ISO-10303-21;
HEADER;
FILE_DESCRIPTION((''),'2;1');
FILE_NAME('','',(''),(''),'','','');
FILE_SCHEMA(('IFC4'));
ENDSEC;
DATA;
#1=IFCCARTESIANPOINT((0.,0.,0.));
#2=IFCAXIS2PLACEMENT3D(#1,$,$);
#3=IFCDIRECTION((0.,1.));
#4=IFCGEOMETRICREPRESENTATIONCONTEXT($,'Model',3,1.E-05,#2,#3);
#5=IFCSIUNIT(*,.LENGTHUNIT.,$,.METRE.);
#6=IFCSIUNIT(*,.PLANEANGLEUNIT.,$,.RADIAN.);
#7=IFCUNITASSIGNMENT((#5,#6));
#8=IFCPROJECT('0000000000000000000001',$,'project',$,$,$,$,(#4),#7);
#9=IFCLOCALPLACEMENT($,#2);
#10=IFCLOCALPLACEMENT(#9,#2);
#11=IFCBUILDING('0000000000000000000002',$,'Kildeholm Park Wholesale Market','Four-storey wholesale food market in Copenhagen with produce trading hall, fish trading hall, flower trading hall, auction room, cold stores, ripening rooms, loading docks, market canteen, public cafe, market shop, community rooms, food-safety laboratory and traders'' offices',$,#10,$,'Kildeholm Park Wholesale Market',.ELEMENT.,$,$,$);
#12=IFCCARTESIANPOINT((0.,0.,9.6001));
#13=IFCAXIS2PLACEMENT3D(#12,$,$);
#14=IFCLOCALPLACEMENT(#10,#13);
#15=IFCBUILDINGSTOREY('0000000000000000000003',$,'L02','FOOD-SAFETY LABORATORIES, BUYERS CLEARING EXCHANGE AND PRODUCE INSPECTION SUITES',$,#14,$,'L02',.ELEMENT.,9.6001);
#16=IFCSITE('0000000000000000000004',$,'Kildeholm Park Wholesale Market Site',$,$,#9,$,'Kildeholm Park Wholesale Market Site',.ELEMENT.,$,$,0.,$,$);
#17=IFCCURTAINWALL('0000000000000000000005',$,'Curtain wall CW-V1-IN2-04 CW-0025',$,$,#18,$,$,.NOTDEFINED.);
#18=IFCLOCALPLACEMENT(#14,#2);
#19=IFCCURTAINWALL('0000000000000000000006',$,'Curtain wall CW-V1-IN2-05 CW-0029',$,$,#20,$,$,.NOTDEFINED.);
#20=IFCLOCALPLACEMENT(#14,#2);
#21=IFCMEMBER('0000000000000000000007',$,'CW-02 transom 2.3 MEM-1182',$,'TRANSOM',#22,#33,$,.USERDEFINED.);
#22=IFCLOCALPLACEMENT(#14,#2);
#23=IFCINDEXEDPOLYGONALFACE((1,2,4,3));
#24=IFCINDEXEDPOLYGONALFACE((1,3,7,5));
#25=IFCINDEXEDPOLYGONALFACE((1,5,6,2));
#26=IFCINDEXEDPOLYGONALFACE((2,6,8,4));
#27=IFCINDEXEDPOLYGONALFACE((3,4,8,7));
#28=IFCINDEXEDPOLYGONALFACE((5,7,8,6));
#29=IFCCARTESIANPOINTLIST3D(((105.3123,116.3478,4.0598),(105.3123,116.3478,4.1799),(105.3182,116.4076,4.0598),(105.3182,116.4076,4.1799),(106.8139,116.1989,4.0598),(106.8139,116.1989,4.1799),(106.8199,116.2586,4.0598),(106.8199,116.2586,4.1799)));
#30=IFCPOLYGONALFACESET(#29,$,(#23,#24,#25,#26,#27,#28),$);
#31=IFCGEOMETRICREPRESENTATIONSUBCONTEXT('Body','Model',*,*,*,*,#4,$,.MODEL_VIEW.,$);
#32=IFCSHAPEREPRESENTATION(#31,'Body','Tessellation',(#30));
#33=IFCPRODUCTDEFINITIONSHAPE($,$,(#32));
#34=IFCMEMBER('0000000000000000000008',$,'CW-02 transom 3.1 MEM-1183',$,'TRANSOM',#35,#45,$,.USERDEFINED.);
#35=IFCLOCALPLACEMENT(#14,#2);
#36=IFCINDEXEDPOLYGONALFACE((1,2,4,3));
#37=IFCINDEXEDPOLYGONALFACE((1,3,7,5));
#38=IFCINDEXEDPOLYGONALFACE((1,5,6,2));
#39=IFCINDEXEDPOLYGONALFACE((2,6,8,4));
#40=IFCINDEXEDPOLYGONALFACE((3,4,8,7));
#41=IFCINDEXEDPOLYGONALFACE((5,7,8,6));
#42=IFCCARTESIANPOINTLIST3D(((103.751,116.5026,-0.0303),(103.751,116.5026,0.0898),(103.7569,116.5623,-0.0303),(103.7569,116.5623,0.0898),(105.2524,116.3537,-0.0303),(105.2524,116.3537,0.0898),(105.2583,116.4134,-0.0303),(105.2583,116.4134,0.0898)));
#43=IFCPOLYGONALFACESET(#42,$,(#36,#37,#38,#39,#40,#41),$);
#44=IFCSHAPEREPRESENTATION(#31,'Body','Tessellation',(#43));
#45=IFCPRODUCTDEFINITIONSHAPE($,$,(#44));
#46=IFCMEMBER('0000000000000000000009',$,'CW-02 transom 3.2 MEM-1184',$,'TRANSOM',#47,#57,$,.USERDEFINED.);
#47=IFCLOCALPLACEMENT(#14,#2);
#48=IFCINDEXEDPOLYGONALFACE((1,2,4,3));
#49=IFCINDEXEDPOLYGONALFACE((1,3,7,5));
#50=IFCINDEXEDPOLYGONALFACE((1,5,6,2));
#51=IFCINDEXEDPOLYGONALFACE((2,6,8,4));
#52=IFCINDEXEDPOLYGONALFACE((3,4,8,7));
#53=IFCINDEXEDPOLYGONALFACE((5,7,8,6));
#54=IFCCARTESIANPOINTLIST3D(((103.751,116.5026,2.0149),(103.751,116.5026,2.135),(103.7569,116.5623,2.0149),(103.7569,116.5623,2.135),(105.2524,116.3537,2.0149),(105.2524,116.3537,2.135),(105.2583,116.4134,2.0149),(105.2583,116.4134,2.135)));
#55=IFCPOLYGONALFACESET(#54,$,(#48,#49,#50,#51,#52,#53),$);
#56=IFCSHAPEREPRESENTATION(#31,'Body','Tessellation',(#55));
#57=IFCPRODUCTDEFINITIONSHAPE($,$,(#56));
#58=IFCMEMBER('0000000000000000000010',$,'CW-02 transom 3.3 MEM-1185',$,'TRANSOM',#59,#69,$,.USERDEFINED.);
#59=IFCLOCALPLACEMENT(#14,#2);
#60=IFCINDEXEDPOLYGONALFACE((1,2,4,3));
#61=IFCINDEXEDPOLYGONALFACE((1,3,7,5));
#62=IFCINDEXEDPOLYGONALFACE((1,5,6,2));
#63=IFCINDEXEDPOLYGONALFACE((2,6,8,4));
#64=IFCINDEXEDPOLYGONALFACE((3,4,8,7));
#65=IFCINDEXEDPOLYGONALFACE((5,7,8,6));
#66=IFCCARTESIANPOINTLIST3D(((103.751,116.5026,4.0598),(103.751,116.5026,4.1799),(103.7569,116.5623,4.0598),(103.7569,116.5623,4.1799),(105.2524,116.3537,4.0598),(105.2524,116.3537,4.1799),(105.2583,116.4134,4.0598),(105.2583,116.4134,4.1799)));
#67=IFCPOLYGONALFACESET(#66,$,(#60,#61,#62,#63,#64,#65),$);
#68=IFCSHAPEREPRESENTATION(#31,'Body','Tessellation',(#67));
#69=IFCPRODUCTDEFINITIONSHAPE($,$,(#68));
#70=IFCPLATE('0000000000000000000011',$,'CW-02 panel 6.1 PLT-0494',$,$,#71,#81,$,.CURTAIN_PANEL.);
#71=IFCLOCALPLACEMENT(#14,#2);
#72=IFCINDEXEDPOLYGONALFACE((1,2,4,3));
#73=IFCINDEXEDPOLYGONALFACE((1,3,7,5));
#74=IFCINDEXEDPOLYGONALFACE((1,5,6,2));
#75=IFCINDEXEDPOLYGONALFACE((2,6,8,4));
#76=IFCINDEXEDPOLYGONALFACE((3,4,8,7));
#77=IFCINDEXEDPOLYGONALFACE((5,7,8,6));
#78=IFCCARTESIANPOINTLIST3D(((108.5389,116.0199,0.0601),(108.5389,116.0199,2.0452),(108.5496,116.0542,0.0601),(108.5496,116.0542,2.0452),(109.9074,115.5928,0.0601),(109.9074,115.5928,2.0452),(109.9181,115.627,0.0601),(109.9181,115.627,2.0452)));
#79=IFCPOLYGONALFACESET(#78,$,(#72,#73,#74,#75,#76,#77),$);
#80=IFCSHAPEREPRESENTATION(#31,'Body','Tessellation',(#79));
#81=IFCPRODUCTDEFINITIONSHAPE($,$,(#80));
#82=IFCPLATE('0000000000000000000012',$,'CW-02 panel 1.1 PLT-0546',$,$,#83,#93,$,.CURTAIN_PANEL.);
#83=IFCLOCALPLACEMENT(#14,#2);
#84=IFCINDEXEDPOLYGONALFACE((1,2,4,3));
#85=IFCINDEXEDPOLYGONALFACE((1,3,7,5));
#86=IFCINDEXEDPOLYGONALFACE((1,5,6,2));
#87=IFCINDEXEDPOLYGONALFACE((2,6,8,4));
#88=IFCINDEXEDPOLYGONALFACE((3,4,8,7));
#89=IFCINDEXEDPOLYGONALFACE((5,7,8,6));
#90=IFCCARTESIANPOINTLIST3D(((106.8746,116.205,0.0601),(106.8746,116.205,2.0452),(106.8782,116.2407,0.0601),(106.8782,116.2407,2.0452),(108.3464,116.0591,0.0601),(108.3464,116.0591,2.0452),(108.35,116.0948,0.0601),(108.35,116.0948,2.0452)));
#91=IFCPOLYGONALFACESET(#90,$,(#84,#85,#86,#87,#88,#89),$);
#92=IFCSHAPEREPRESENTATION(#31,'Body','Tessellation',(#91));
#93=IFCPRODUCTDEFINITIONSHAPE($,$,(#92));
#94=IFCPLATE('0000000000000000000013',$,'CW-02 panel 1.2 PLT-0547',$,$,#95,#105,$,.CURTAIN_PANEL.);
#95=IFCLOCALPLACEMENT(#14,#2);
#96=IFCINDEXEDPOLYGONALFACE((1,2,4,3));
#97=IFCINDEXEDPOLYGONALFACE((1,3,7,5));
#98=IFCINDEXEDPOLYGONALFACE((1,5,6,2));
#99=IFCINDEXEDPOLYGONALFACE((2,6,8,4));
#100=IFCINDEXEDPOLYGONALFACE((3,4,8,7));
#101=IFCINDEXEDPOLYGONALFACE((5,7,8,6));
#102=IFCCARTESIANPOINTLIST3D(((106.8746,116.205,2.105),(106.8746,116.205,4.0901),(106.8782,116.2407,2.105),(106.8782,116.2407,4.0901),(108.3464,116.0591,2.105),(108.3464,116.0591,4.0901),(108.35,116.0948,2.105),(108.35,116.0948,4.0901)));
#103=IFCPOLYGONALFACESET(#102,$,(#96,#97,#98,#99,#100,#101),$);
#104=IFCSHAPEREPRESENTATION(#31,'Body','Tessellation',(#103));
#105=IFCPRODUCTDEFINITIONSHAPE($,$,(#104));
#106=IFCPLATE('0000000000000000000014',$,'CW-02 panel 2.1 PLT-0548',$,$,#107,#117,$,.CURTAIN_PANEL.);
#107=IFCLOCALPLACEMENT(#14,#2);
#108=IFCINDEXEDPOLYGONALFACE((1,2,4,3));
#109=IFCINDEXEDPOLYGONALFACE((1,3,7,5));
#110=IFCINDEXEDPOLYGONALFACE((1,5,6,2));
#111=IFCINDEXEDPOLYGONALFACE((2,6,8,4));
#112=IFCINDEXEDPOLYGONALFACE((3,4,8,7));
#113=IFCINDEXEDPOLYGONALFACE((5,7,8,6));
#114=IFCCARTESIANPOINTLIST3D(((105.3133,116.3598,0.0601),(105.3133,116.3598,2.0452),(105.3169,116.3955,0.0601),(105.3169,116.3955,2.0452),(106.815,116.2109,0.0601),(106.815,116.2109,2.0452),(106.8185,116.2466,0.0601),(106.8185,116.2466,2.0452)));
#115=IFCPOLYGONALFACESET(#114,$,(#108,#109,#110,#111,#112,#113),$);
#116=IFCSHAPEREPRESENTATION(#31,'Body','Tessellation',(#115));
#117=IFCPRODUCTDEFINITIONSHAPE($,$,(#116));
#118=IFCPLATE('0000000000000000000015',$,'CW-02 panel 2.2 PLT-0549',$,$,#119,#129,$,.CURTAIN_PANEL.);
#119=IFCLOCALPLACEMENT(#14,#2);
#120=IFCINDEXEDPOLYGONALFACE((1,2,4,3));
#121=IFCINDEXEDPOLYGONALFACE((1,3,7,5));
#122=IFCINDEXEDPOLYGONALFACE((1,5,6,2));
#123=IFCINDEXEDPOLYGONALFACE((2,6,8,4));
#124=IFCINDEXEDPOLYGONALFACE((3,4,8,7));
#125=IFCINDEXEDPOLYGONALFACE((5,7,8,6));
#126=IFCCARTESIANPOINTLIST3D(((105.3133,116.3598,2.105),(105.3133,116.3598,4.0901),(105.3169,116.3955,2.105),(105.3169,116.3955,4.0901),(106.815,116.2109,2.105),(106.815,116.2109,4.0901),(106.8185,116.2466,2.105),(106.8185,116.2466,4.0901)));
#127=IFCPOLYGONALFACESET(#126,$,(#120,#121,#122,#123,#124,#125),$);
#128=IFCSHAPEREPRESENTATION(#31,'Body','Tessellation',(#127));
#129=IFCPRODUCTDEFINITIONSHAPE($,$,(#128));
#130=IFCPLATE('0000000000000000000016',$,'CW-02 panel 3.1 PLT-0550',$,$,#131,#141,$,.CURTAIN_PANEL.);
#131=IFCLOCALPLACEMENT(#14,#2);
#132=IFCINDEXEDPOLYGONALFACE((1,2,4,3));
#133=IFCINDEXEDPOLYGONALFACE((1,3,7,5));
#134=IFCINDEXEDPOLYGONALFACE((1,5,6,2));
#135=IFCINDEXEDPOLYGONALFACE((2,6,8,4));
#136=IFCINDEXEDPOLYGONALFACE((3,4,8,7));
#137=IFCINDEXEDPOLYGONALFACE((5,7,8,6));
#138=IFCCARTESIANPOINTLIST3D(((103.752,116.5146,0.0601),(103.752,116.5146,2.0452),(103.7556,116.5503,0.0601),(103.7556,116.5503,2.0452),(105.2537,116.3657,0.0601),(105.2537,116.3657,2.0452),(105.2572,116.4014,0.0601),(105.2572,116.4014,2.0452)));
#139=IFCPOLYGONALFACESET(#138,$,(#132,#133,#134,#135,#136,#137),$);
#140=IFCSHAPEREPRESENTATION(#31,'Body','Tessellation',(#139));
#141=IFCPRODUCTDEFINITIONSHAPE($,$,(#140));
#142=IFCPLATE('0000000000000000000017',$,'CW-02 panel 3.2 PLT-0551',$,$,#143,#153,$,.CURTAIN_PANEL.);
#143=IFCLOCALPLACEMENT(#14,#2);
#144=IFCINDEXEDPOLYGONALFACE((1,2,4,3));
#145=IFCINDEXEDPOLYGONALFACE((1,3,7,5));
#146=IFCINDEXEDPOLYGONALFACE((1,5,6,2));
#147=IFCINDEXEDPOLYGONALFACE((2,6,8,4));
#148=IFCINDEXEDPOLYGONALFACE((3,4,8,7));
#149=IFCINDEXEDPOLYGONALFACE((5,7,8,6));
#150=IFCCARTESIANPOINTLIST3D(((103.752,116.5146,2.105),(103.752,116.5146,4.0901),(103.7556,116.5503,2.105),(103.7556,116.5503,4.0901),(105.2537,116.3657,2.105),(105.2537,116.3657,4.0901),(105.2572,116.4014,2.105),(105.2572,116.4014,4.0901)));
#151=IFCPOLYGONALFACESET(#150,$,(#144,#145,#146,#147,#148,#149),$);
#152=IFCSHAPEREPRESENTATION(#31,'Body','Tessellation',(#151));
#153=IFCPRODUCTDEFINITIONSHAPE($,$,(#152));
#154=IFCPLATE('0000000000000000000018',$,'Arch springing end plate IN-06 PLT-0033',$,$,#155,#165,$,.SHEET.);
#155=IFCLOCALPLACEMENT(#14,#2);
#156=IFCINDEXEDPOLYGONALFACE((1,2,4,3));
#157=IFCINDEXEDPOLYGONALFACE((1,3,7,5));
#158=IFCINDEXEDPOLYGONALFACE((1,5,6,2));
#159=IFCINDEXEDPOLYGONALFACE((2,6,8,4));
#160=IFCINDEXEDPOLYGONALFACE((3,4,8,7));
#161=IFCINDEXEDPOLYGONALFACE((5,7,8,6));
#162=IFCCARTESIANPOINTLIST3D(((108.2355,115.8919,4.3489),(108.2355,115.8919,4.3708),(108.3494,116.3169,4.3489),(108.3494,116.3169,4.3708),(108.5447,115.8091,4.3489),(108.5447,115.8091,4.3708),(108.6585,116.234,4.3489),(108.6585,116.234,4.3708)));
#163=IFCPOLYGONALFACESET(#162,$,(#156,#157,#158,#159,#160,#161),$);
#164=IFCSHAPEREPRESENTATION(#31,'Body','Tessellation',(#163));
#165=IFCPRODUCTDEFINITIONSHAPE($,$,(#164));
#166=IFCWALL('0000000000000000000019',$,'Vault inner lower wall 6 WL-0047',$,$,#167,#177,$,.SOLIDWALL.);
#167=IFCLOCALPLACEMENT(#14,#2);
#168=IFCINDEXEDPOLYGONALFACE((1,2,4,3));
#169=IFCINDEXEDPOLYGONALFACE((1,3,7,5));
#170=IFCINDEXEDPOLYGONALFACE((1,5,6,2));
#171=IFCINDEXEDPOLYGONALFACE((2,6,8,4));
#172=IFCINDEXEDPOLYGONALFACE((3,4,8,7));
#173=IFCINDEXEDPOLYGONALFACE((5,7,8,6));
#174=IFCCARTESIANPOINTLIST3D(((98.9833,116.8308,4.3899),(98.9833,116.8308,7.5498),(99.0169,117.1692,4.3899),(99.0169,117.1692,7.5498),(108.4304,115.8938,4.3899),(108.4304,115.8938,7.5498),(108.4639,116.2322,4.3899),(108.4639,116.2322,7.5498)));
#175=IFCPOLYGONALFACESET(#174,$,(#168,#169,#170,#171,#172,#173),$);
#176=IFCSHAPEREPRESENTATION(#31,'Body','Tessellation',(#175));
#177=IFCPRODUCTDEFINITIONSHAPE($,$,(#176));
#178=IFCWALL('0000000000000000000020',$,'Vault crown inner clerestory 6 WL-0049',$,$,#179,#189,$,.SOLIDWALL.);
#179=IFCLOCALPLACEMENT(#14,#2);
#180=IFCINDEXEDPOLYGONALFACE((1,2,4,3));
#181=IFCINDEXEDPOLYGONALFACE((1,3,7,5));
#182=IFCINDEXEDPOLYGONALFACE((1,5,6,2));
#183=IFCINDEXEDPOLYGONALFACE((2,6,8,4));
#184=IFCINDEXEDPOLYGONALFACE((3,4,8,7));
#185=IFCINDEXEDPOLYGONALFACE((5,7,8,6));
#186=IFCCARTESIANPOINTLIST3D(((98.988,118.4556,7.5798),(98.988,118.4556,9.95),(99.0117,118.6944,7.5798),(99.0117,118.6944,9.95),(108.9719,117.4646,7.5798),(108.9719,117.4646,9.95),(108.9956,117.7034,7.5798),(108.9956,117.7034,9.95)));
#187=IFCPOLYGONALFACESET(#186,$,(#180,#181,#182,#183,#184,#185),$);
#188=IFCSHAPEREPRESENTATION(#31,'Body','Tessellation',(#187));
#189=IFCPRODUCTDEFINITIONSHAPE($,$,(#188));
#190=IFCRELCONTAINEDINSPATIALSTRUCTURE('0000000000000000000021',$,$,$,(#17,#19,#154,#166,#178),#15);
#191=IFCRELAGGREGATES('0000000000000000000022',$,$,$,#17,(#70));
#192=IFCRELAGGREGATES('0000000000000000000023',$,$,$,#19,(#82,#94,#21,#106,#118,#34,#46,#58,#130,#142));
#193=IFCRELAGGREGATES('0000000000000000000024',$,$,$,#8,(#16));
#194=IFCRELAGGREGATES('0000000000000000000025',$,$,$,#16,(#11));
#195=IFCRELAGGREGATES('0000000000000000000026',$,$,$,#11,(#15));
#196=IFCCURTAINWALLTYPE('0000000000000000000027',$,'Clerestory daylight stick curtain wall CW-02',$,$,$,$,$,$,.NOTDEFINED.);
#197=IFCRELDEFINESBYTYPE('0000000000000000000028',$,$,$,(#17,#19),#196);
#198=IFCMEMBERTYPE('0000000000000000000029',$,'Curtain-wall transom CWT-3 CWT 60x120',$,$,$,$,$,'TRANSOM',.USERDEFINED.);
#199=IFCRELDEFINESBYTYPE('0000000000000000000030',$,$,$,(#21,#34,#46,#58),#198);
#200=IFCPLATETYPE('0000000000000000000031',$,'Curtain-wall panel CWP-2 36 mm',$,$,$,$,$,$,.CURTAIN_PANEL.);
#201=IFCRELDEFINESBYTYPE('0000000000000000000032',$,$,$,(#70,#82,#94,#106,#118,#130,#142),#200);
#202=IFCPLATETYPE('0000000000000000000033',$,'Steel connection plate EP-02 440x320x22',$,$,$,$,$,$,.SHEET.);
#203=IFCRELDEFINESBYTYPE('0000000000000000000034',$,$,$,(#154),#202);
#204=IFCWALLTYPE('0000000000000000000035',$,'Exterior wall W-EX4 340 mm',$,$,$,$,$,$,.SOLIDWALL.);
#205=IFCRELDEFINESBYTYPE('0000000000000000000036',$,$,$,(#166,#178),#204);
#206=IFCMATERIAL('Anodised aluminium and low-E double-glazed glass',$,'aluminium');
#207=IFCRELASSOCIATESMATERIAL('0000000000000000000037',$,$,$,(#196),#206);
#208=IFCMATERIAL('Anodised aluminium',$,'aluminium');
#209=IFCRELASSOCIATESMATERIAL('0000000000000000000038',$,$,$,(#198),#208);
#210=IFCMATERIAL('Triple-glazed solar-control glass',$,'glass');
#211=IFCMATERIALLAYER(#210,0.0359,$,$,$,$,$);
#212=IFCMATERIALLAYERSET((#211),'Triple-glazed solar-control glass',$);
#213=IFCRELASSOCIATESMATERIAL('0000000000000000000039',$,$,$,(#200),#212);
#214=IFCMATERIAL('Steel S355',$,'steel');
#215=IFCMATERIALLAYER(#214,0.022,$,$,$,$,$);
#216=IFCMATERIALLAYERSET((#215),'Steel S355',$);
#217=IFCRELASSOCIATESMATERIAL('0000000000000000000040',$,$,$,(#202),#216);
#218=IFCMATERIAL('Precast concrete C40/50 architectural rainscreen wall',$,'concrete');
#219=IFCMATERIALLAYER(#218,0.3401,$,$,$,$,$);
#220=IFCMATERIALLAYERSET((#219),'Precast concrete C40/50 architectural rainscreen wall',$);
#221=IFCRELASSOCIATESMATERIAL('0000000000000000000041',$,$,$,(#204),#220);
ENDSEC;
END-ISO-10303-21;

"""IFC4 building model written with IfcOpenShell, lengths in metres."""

from ifc_helpers import new_model, si_unit, direction, frame, frame_2d, origin, origin_2d, place, context, subcontext, project, spatial, rectangle, extrude, material, layer, layer_set, material_profile, profile_set, type_object, element, aggregate, save


model = new_model("IFC4")

# Units and contexts
model_context = context("Model", 3, precision=1e-05, world=origin(), true_north=direction((0.0, 1.0)))
body_context = subcontext(model_context, "Body", "Model", "MODEL_VIEW")
ifc_project = project(units=[si_unit("LENGTHUNIT", "METRE"), si_unit("PLANEANGLEUNIT", "RADIAN")], contexts=[model_context])

# Site, building, storey
site_placement = place(None, origin())
site = spatial("IfcSite", under=ifc_project, at=site_placement, Name="Kildeholm Park Wholesale Market Site", LongName="Kildeholm Park Wholesale Market Site", CompositionType="ELEMENT", RefElevation=0.0)
building_placement = place(site_placement, origin())
building = spatial("IfcBuilding", under=site, at=building_placement, Name="Kildeholm Park Wholesale Market", Description="Four-storey wholesale food market in Copenhagen with produce trading hall, fish trading hall, flower trading hall, auction room, cold stores, ripening rooms, loading docks, market canteen, public cafe, market shop, community rooms, food-safety laboratory and traders' offices", LongName="Kildeholm Park Wholesale Market", CompositionType="ELEMENT")
storey_placement = place(building_placement, frame((0.0, 0.0, 9.6001)))
storey = spatial("IfcBuildingStorey", under=building, at=storey_placement, Name="L02", Description="FOOD-SAFETY LABORATORIES, BUYERS CLEARING EXCHANGE AND PRODUCE INSPECTION SUITES", LongName="L02", CompositionType="ELEMENT", Elevation=9.6001)

# Shared definitions
ifc_material_1 = material(Name="Steel S355", Category="steel")

# Curtain wall
ifc_material_2 = material(Name="Anodised aluminium and low-E double-glazed glass", Category="aluminium")
curtain_wall_type = type_object("IfcCurtainWallType", Name="Clerestory daylight stick curtain wall CW-02", PredefinedType="NOTDEFINED", material=ifc_material_2)
curtain_wall_1_placement = place(storey_placement, origin())
curtain_wall_1 = element("IfcCurtainWall", 1, at=curtain_wall_1_placement, inside=storey, type_object=curtain_wall_type, Name="Curtain wall CW-V1-IN2-04 CW-0025", PredefinedType="NOTDEFINED")
ifc_material_3 = material(Name="Anodised aluminium", Category="aluminium")

# Curtain wall, members
curtain_wall_2_placement = place(storey_placement, origin())
curtain_wall_2 = element("IfcCurtainWall", 2, at=curtain_wall_2_placement, inside=storey, type_object=curtain_wall_type, Name="Curtain wall CW-V1-IN2-05 CW-0029", PredefinedType="NOTDEFINED")
ifc_material_profile_1 = material_profile(ifc_material_3, rectangle(XDim=0.0601, YDim=0.1201, at=origin_2d()), Name="CWT 60x120")
ifc_profile_set_1 = profile_set([ifc_material_profile_1], Name="Anodised aluminium")
member_type_1 = type_object("IfcMemberType", Name="Curtain-wall transom CWT-3 CWT 60x120", ElementType="TRANSOM", PredefinedType="USERDEFINED", material=ifc_profile_set_1)
member_1_placement = place(storey_placement, frame((106.8169, 116.2288, 4.1199), z_axis=(-0.995119, 0.098687, 0.0), x_axis=(-0.098687, -0.995119, 0.0)))
member_1 = element("IfcMember", 3, at=member_1_placement, type_object=member_type_1, Name="CW-02 transom 2.3 MEM-1182", ObjectType="TRANSOM", PredefinedType="USERDEFINED", context=body_context, shape_type="SweptSolid", body=[
    extrude(rectangle(XDim=0.0601, YDim=0.1201, at=origin_2d()), origin(), (0.0, 0.0, 1.0), 1.509),
])
member_2_placement = place(storey_placement, frame((105.2554, 116.3835, 0.0298), z_axis=(-0.995117, 0.098703, 0.0), x_axis=(-0.098703, -0.995117, 0.0)))
member_2 = element("IfcMember", 4, at=member_2_placement, type_object=member_type_1, Name="CW-02 transom 3.1 MEM-1183", ObjectType="TRANSOM", PredefinedType="USERDEFINED", context=body_context, shape_type="SweptSolid", body=[
    extrude(rectangle(XDim=0.0601, YDim=0.1201, at=origin_2d()), origin(), (0.0, 0.0, 1.0), 1.5088),
])
member_3_placement = place(storey_placement, frame((105.2554, 116.3835, 2.075), z_axis=(-0.995117, 0.098703, 0.0), x_axis=(-0.098703, -0.995117, 0.0)))
member_3 = element("IfcMember", 5, at=member_3_placement, type_object=member_type_1, Name="CW-02 transom 3.2 MEM-1184", ObjectType="TRANSOM", PredefinedType="USERDEFINED", context=body_context, shape_type="SweptSolid", body=[
    extrude(rectangle(XDim=0.0601, YDim=0.1201, at=origin_2d()), origin(), (0.0, 0.0, 1.0), 1.5088),
])
member_4_placement = place(storey_placement, frame((105.2554, 116.3835, 4.1199), z_axis=(-0.995117, 0.098703, 0.0), x_axis=(-0.098703, -0.995117, 0.0)))
member_4 = element("IfcMember", 6, at=member_4_placement, type_object=member_type_1, Name="CW-02 transom 3.3 MEM-1185", ObjectType="TRANSOM", PredefinedType="USERDEFINED", context=body_context, shape_type="SweptSolid", body=[
    extrude(rectangle(XDim=0.0601, YDim=0.1201, at=origin_2d()), origin(), (0.0, 0.0, 1.0), 1.5088),
])

# Plates
ifc_material_4 = material(Name="Triple-glazed solar-control glass", Category="glass")
ifc_layer_1 = layer(ifc_material_4, 0.0359)
ifc_layer_set_1 = layer_set([ifc_layer_1], Name="Triple-glazed solar-control glass")
plate_type_1 = type_object("IfcPlateType", Name="Curtain-wall panel CWP-2 36 mm", PredefinedType="CURTAIN_PANEL", material=ifc_layer_set_1)
plate_1_placement = place(storey_placement, frame((109.2285, 115.8235, 0.0601), z_axis=(0.0, 0.0, 1.0), x_axis=(-0.954579, 0.297957, 0.0)))
plate_1 = element("IfcPlate", 7, at=plate_1_placement, type_object=plate_type_1, Name="CW-02 panel 6.1 PLT-0494", PredefinedType="CURTAIN_PANEL", context=body_context, shape_type="SweptSolid", body=[
    extrude(rectangle(XDim=1.4336, YDim=0.0359, at=origin_2d()), origin(), (0.0, 0.0, 1.0), 1.9851),
])
aggregate(curtain_wall_1, [plate_1])
plate_2_placement = place(storey_placement, frame((107.6123, 116.1499, 0.0601), z_axis=(0.0, 0.0, 1.0), x_axis=(-0.995119, 0.098683, 0.0)))
plate_2 = element("IfcPlate", 8, at=plate_2_placement, type_object=plate_type_1, Name="CW-02 panel 1.1 PLT-0546", PredefinedType="CURTAIN_PANEL", context=body_context, shape_type="SweptSolid", body=[
    extrude(rectangle(XDim=1.479, YDim=0.0359, at=origin_2d()), origin(), (0.0, 0.0, 1.0), 1.9851),
])
plate_3_placement = place(storey_placement, frame((107.6123, 116.1499, 2.105), z_axis=(0.0, 0.0, 1.0), x_axis=(-0.995119, 0.098683, 0.0)))
plate_3 = element("IfcPlate", 9, at=plate_3_placement, type_object=plate_type_1, Name="CW-02 panel 1.2 PLT-0547", PredefinedType="CURTAIN_PANEL", context=body_context, shape_type="SweptSolid", body=[
    extrude(rectangle(XDim=1.479, YDim=0.0359, at=origin_2d()), origin(), (0.0, 0.0, 1.0), 1.9851),
])
plate_4_placement = place(storey_placement, frame((106.0659, 116.3032, 0.0601), z_axis=(0.0, 0.0, 1.0), x_axis=(-0.995119, 0.098683, 0.0)))
plate_4 = element("IfcPlate", 10, at=plate_4_placement, type_object=plate_type_1, Name="CW-02 panel 2.1 PLT-0548", PredefinedType="CURTAIN_PANEL", context=body_context, shape_type="SweptSolid", body=[
    extrude(rectangle(XDim=1.509, YDim=0.0359, at=origin_2d()), origin(), (0.0, 0.0, 1.0), 1.9851),
])
plate_5_placement = place(storey_placement, frame((106.0659, 116.3032, 2.105), z_axis=(0.0, 0.0, 1.0), x_axis=(-0.995119, 0.098683, 0.0)))
plate_5 = element("IfcPlate", 11, at=plate_5_placement, type_object=plate_type_1, Name="CW-02 panel 2.2 PLT-0549", PredefinedType="CURTAIN_PANEL", context=body_context, shape_type="SweptSolid", body=[
    extrude(rectangle(XDim=1.509, YDim=0.0359, at=origin_2d()), origin(), (0.0, 0.0, 1.0), 1.9851),
])
plate_6_placement = place(storey_placement, frame((104.5046, 116.458, 0.0601), z_axis=(0.0, 0.0, 1.0), x_axis=(-0.995119, 0.098683, 0.0)))
plate_6 = element("IfcPlate", 12, at=plate_6_placement, type_object=plate_type_1, Name="CW-02 panel 3.1 PLT-0550", PredefinedType="CURTAIN_PANEL", context=body_context, shape_type="SweptSolid", body=[
    extrude(rectangle(XDim=1.509, YDim=0.0359, at=origin_2d()), origin(), (0.0, 0.0, 1.0), 1.9851),
])
plate_7_placement = place(storey_placement, frame((104.5046, 116.458, 2.105), z_axis=(0.0, 0.0, 1.0), x_axis=(-0.995119, 0.098683, 0.0)))
plate_7 = element("IfcPlate", 13, at=plate_7_placement, type_object=plate_type_1, Name="CW-02 panel 3.2 PLT-0551", PredefinedType="CURTAIN_PANEL", context=body_context, shape_type="SweptSolid", body=[
    extrude(rectangle(XDim=1.509, YDim=0.0359, at=origin_2d()), origin(), (0.0, 0.0, 1.0), 1.9851),
])
aggregate(curtain_wall_2, [plate_2, plate_3, member_1, plate_4, plate_5, member_2, member_3, member_4, plate_6, plate_7])
ifc_layer_2 = layer(ifc_material_1, 0.022)
ifc_layer_set_2 = layer_set([ifc_layer_2], Name="Steel S355")
plate_type_2 = type_object("IfcPlateType", Name="Steel connection plate EP-02 440x320x22", PredefinedType="SHEET", material=ifc_layer_set_2)
plate_8_placement = place(storey_placement, frame((108.447, 116.063, 4.3489), z_axis=(0.0, 0.0, 1.0), x_axis=(0.258819, 0.965926, 0.0)))
element("IfcPlate", 14, at=plate_8_placement, inside=storey, type_object=plate_type_2, Name="Arch springing end plate IN-06 PLT-0033", PredefinedType="SHEET", context=body_context, shape_type="SweptSolid", body=[
    extrude(rectangle(XDim=0.4399, YDim=0.3201, at=origin_2d()), origin(), (0.0, 0.0, 1.0), 0.022),
])

# Walls
ifc_material_5 = material(Name="Precast concrete C40/50 architectural rainscreen wall", Category="concrete")
ifc_layer_3 = layer(ifc_material_5, 0.3401)
ifc_layer_set_3 = layer_set([ifc_layer_3], Name="Precast concrete C40/50 architectural rainscreen wall")
wall_type = type_object("IfcWallType", Name="Exterior wall W-EX4 340 mm", PredefinedType="SOLIDWALL", material=ifc_layer_set_3)
wall_1_placement = place(storey_placement, frame((108.447, 116.063, 4.3899), z_axis=(0.0, 0.0, 1.0), x_axis=(-0.995117, 0.098702, 0.0)))
element("IfcWall", 15, at=wall_1_placement, inside=storey, type_object=wall_type, Name="Vault inner lower wall 6 WL-0047", PredefinedType="SOLIDWALL", context=body_context, shape_type="SweptSolid", body=[
    extrude(rectangle(XDim=9.4934, YDim=0.3401, at=frame_2d((4.7466, 0.0))), origin(), (0.0, 0.0, 1.0), 3.1599),
])
wall_2_placement = place(storey_placement, frame((108.9839, 117.584, 7.5798), z_axis=(0.0, 0.0, 1.0), x_axis=(-0.99511, 0.098771, 0.0)))
element("IfcWall", 16, at=wall_2_placement, inside=storey, type_object=wall_type, Name="Vault crown inner clerestory 6 WL-0049", PredefinedType="SOLIDWALL", context=body_context, shape_type="SweptSolid", body=[
    extrude(rectangle(XDim=10.033, YDim=0.24, at=frame_2d((5.0166, 0.0))), origin(), (0.0, 0.0, 1.0), 2.3701),
])

save(model, "model.ifc")
